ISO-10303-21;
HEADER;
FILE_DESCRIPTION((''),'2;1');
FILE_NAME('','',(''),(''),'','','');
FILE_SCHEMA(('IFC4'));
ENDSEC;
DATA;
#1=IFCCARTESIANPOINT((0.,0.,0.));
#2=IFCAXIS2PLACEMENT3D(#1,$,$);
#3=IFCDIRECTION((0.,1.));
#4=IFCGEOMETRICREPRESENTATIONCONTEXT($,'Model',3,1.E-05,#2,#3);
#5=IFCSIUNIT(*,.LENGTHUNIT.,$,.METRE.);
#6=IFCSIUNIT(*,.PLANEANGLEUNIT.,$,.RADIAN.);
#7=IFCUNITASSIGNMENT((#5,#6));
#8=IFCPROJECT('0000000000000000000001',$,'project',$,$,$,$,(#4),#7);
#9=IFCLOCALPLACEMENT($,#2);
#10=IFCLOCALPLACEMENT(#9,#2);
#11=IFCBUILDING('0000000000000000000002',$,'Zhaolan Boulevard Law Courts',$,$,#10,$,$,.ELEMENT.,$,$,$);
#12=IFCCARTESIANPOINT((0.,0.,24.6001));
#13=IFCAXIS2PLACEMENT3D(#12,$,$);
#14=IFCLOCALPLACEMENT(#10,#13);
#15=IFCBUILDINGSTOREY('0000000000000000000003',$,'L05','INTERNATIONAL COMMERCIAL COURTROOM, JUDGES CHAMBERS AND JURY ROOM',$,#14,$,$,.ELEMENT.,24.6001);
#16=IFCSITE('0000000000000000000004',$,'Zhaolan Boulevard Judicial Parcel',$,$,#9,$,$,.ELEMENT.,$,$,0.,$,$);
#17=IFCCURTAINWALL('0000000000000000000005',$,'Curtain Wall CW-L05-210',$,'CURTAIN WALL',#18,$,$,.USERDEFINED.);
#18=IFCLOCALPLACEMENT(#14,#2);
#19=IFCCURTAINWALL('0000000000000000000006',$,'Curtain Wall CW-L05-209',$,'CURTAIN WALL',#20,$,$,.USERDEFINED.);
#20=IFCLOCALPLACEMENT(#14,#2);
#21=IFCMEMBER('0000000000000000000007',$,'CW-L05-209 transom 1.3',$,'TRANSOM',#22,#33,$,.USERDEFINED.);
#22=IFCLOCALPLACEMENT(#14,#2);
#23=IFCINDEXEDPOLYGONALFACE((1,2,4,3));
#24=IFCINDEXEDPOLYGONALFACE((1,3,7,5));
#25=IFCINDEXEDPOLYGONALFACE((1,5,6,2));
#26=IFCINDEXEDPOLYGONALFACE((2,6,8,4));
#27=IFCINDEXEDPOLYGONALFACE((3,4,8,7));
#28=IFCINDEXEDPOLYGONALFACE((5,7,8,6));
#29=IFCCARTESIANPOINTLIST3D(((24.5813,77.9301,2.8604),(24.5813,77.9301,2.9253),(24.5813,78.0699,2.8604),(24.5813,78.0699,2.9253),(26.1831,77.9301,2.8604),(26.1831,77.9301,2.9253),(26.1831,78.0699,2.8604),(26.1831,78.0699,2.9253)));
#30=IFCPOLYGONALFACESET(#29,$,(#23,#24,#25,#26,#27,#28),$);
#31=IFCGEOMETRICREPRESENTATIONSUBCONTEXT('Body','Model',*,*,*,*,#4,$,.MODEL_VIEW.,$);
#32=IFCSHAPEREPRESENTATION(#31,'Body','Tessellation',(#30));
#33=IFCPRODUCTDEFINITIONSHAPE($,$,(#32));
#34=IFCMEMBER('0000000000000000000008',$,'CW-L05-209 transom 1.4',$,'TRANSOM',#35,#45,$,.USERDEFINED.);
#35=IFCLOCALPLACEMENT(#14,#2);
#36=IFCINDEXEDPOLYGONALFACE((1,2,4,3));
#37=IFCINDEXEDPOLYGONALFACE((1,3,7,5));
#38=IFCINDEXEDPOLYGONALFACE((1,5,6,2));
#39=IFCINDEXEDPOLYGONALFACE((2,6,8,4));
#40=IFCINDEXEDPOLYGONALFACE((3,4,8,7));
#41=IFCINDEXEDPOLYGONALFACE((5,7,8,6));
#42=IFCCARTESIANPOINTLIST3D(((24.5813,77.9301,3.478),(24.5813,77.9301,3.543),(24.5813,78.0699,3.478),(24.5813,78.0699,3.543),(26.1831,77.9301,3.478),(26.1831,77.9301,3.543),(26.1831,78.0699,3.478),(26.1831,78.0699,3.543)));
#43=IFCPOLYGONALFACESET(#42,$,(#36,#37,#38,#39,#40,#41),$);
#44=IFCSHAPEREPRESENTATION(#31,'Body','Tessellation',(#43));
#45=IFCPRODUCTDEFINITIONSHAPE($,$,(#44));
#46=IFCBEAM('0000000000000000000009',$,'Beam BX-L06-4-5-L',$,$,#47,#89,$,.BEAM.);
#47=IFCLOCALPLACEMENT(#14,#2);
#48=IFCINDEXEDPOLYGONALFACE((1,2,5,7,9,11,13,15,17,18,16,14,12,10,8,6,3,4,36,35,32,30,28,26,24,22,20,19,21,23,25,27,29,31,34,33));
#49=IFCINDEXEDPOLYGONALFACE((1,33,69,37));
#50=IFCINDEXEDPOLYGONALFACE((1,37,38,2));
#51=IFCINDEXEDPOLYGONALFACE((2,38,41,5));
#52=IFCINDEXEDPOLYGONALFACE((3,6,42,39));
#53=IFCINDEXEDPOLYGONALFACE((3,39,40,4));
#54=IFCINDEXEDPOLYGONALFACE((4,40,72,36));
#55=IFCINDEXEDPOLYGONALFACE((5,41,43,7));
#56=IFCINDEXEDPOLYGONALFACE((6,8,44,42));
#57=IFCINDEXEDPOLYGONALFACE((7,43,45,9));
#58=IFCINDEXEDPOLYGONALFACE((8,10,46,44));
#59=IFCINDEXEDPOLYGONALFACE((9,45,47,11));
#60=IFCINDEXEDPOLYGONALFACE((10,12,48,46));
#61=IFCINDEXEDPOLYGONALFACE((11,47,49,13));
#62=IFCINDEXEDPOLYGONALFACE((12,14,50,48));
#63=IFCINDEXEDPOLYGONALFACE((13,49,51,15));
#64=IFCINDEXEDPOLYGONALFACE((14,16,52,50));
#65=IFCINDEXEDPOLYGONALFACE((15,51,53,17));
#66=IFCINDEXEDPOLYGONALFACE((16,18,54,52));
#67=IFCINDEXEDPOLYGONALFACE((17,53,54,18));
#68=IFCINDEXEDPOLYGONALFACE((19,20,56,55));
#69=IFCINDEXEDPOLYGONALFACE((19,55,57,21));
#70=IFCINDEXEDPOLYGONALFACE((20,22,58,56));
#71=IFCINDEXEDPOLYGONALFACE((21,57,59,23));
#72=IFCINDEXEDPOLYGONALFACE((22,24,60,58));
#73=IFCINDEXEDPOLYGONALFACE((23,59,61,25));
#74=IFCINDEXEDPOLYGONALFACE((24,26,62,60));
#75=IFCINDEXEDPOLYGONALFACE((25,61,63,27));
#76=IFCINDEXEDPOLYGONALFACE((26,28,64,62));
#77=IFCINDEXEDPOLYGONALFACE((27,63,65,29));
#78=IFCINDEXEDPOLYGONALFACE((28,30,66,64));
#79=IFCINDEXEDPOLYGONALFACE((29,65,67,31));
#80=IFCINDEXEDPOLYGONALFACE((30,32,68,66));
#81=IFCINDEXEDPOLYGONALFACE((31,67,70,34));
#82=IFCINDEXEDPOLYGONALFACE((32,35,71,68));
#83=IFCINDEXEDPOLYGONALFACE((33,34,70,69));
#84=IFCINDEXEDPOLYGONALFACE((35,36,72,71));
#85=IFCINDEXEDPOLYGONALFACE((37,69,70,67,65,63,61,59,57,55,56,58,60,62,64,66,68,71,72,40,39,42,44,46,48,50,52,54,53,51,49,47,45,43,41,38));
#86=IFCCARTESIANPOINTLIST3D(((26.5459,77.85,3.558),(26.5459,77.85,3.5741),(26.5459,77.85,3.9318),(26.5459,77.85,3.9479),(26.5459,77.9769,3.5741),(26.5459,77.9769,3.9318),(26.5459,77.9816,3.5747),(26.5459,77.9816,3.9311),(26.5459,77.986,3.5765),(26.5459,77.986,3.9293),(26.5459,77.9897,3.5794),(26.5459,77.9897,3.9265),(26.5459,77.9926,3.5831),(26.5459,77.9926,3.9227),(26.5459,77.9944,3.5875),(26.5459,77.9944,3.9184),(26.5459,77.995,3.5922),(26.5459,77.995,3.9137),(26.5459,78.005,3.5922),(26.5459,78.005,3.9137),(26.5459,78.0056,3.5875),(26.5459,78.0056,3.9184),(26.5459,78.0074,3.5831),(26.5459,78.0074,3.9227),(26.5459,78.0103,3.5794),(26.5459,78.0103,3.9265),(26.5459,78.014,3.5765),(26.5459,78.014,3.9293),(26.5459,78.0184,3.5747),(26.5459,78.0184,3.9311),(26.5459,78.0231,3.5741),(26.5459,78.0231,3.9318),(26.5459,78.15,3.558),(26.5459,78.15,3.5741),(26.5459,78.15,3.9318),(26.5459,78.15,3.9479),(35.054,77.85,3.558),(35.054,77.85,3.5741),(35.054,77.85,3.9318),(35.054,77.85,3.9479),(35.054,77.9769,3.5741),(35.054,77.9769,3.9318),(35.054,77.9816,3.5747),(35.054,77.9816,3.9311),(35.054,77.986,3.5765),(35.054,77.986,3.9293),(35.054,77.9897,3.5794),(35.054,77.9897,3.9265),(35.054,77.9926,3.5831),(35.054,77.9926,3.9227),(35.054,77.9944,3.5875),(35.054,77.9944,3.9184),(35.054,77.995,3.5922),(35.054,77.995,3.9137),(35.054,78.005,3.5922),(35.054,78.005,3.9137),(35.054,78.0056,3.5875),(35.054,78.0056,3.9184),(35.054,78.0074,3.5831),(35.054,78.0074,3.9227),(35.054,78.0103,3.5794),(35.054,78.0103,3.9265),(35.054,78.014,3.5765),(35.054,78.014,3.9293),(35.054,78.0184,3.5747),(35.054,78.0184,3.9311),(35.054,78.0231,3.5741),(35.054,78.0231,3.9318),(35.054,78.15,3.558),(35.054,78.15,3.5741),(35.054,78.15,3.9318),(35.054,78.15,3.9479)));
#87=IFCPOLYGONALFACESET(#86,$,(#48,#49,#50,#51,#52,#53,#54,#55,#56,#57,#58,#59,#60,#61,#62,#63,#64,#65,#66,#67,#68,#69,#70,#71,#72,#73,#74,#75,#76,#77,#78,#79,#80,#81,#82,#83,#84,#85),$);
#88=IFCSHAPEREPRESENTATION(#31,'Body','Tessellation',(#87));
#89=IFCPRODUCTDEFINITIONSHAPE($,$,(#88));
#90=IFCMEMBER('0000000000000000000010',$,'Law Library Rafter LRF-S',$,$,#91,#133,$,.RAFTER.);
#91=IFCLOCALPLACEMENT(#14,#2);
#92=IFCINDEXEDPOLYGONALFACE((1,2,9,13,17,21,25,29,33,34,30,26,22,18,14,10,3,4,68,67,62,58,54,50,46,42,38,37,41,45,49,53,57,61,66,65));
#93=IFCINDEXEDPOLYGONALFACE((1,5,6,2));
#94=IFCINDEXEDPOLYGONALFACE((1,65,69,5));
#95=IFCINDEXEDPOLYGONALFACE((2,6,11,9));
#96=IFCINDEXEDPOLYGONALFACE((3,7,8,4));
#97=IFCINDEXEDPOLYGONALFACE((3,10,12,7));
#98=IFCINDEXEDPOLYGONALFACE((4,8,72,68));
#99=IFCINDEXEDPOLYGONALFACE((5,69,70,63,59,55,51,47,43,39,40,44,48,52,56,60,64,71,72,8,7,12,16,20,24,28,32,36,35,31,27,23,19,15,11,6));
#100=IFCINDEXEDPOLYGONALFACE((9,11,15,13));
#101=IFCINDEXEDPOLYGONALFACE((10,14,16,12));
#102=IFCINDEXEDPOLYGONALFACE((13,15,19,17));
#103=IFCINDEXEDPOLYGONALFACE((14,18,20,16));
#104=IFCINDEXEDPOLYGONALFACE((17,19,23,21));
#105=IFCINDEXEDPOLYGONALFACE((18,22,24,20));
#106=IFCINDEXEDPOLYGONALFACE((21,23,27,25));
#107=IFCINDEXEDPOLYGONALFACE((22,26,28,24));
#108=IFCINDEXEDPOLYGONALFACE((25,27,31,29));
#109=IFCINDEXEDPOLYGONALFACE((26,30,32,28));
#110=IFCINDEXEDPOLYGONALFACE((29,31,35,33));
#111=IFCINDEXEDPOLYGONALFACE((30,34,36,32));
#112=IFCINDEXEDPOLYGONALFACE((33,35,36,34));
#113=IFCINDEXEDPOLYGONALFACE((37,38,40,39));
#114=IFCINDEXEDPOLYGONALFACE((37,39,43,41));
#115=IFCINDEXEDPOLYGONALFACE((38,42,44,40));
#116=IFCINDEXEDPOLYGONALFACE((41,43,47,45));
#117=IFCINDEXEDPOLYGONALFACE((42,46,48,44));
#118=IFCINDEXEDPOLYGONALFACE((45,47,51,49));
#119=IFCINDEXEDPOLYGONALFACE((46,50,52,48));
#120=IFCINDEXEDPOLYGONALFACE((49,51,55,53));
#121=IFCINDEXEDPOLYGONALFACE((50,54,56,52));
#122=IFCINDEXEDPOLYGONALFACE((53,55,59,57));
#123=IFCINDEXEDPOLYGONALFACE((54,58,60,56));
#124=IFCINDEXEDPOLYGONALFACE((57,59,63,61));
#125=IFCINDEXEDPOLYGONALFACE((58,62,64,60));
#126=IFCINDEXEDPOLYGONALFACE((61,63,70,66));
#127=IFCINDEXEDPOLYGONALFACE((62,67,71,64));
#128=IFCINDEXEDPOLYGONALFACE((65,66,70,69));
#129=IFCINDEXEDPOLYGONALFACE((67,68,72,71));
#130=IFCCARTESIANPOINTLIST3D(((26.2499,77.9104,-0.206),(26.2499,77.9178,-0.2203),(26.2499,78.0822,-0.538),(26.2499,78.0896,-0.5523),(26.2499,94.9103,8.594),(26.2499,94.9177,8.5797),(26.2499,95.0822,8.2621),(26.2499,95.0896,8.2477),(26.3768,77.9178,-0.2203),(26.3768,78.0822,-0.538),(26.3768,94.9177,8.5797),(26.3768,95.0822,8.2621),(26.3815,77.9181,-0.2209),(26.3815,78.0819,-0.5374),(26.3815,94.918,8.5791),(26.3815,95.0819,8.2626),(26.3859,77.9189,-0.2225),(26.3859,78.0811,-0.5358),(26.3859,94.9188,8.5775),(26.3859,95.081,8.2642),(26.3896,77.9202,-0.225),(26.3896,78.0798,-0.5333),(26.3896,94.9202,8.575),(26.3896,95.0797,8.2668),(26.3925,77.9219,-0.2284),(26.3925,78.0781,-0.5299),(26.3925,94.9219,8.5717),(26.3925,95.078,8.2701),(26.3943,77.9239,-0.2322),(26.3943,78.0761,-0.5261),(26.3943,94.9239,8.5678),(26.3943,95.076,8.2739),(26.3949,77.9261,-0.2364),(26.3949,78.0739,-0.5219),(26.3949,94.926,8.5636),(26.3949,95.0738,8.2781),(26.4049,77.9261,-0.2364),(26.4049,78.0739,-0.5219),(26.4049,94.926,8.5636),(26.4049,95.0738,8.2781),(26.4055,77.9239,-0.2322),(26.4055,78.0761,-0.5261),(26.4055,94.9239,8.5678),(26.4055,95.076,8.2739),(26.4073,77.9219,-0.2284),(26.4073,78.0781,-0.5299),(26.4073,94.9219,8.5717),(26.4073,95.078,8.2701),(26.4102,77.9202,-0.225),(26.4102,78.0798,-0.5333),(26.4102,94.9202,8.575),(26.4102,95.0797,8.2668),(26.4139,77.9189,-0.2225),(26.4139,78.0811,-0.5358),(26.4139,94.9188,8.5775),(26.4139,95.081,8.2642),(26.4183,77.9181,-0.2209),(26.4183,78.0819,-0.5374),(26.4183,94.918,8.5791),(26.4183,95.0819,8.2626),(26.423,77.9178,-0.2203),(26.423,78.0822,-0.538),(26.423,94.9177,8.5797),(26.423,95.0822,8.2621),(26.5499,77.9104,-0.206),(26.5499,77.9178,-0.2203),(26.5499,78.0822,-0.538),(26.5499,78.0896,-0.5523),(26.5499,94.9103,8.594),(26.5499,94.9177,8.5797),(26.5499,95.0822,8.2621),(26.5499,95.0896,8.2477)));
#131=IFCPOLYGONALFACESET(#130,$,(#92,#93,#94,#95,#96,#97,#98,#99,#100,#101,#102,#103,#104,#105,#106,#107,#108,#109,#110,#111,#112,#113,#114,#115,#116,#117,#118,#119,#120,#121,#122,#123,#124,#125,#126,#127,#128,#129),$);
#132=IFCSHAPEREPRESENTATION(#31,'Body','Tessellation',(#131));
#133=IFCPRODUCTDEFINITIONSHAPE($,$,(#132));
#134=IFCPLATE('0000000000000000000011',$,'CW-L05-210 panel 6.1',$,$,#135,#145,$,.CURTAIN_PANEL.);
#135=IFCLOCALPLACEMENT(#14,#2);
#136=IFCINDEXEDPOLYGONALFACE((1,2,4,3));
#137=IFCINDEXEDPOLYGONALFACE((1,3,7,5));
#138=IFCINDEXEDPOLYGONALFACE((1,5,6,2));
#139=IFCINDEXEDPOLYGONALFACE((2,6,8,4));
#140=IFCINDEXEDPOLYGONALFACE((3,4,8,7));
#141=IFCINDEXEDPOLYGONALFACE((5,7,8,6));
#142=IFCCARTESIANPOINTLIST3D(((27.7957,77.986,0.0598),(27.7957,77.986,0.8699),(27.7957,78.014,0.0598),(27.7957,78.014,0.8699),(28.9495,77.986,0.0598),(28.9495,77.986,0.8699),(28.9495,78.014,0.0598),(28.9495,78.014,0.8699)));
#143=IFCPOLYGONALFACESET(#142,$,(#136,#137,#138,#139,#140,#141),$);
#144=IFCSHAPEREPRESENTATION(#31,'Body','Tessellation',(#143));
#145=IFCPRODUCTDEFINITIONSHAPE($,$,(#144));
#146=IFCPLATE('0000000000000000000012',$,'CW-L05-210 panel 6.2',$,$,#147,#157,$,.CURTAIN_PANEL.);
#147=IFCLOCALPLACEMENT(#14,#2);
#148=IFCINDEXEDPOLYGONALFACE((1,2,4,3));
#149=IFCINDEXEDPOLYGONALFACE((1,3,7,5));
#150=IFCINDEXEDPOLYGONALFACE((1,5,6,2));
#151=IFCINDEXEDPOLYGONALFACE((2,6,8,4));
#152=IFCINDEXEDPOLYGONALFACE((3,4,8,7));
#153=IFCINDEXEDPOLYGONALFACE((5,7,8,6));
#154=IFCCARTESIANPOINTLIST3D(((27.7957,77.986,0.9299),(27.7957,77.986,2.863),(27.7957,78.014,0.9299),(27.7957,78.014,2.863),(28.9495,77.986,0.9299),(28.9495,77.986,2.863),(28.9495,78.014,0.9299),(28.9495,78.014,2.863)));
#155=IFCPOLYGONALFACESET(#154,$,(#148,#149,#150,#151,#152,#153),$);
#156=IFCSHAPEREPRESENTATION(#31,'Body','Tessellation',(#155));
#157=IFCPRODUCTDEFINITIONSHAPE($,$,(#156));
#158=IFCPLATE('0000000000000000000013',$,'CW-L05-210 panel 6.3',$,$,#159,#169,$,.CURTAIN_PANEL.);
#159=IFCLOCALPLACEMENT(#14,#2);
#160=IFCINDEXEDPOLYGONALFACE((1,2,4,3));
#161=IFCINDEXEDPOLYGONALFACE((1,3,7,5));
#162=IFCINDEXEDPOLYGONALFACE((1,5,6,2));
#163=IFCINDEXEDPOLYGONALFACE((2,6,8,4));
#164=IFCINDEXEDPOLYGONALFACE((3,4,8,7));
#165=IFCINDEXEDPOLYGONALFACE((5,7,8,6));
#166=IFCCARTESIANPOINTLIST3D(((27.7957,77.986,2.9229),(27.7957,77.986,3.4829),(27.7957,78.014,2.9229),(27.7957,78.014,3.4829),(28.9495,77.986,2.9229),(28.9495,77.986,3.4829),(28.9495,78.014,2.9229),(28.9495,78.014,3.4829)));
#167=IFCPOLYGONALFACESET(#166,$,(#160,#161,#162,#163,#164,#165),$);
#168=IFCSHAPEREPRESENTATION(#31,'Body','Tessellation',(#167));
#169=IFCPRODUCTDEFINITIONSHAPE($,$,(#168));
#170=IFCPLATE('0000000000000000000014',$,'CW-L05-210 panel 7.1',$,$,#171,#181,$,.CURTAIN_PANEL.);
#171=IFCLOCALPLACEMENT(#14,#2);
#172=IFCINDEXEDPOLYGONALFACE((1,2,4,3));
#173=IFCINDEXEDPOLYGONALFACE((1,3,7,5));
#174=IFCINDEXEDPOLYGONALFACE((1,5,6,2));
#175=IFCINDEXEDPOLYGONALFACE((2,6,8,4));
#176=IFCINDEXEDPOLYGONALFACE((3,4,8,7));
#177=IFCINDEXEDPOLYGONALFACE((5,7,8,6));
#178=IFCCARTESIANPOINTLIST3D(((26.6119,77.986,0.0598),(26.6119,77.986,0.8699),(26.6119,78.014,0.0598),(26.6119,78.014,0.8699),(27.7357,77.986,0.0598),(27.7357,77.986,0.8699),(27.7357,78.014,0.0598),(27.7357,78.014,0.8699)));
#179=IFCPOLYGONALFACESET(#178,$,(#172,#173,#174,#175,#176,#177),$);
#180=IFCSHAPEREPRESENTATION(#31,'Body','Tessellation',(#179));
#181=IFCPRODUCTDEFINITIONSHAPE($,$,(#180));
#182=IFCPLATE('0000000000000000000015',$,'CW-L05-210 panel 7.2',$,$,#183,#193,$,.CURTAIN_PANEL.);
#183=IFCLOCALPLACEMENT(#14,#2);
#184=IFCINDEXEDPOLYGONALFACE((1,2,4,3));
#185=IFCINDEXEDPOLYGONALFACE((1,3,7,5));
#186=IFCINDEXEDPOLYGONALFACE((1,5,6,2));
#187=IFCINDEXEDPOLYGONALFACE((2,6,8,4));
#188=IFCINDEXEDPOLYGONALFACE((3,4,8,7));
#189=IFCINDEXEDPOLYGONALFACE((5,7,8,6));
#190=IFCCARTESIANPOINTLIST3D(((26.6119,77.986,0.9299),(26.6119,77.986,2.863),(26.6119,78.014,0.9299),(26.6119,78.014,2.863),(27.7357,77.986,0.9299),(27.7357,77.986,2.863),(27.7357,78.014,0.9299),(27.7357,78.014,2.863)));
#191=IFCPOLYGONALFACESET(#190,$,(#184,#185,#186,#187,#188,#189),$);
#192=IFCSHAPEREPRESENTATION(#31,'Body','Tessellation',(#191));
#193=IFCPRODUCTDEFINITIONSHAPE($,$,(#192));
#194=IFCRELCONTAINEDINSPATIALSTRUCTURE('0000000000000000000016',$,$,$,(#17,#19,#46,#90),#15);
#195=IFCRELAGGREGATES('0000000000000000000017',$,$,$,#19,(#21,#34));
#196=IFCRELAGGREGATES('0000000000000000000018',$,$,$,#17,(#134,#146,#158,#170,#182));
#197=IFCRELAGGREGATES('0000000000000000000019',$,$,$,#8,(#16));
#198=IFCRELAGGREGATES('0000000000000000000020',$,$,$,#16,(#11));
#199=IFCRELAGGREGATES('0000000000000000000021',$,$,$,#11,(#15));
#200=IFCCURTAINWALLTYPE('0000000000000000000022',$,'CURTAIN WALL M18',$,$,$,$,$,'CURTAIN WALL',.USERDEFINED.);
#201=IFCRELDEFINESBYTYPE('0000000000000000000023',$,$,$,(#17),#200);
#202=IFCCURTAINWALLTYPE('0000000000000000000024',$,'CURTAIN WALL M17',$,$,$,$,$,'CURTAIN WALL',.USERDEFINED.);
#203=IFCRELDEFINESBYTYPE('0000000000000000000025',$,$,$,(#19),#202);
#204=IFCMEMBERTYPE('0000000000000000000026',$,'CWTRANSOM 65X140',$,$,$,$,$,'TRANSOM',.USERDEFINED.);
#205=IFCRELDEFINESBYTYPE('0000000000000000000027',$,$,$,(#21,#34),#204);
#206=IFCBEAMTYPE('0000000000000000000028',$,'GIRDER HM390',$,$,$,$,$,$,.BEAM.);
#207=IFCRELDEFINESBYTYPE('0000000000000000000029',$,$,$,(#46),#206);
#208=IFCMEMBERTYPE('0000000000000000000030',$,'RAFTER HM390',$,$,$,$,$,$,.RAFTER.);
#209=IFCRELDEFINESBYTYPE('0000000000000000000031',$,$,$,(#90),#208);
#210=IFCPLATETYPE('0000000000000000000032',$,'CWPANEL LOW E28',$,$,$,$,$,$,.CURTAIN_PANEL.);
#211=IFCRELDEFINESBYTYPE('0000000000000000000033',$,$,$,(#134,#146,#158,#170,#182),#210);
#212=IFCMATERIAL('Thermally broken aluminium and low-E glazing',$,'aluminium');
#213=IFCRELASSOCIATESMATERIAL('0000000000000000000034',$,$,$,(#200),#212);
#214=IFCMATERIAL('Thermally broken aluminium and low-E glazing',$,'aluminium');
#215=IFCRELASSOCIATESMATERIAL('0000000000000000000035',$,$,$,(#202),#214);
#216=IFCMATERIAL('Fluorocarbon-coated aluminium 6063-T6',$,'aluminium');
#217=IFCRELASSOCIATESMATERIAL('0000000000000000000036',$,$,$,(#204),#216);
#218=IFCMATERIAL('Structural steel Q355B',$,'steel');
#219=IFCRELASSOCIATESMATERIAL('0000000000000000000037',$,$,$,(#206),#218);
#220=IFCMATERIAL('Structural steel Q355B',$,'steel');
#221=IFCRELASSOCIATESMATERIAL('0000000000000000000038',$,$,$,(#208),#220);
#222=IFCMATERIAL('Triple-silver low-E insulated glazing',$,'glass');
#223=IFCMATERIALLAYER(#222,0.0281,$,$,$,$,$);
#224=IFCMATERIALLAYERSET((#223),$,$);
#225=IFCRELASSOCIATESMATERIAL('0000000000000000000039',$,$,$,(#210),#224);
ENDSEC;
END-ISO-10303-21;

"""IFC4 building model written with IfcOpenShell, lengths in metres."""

from ifc_helpers import new_model, si_unit, direction, frame, origin, origin_2d, place, context, subcontext, project, spatial, rectangle, i_section, extrude, material, layer, layer_set, material_profile, profile_set, type_object, element, aggregate, save


model = new_model("IFC4")

# Units and contexts
model_context = context("Model", 3, precision=1e-05, world=origin(), true_north=direction((0.0, 1.0)))
body_context = subcontext(model_context, "Body", "Model", "MODEL_VIEW")
ifc_project = project(units=[si_unit("LENGTHUNIT", "METRE"), si_unit("PLANEANGLEUNIT", "RADIAN")], contexts=[model_context])

# Site, building, storey
site_placement = place(None, origin())
site = spatial("IfcSite", under=ifc_project, at=site_placement, Name="Zhaolan Boulevard Judicial Parcel", CompositionType="ELEMENT", RefElevation=0.0)
building_placement = place(site_placement, origin())
building = spatial("IfcBuilding", under=site, at=building_placement, Name="Zhaolan Boulevard Law Courts", CompositionType="ELEMENT")
storey_placement = place(building_placement, frame((0.0, 0.0, 24.6001)))
storey = spatial("IfcBuildingStorey", under=building, at=storey_placement, Name="L05", Description="INTERNATIONAL COMMERCIAL COURTROOM, JUDGES CHAMBERS AND JURY ROOM", CompositionType="ELEMENT", Elevation=24.6001)

# Curtain wall
ifc_material_1 = material(Name="Thermally broken aluminium and low-E glazing", Category="aluminium")
curtain_wall_type_1 = type_object("IfcCurtainWallType", Name="CURTAIN WALL M18", ElementType="CURTAIN WALL", PredefinedType="USERDEFINED", material=ifc_material_1)
curtain_wall_1_placement = place(storey_placement, origin())
curtain_wall_1 = element("IfcCurtainWall", 1, at=curtain_wall_1_placement, inside=storey, type_object=curtain_wall_type_1, Name="Curtain Wall CW-L05-210", ObjectType="CURTAIN WALL", PredefinedType="USERDEFINED")

# Curtain wall
ifc_material_2 = material(Name="Thermally broken aluminium and low-E glazing", Category="aluminium")
curtain_wall_type_2 = type_object("IfcCurtainWallType", Name="CURTAIN WALL M17", ElementType="CURTAIN WALL", PredefinedType="USERDEFINED", material=ifc_material_2)
curtain_wall_2_placement = place(storey_placement, origin())
curtain_wall_2 = element("IfcCurtainWall", 2, at=curtain_wall_2_placement, inside=storey, type_object=curtain_wall_type_2, Name="Curtain Wall CW-L05-209", ObjectType="CURTAIN WALL", PredefinedType="USERDEFINED")

# Members
ifc_material_3 = material(Name="Fluorocarbon-coated aluminium 6063-T6", Category="aluminium")
ifc_material_profile_1 = material_profile(ifc_material_3, rectangle(XDim=0.1399, YDim=0.0649, at=origin_2d()), Name="AL65x140")
ifc_profile_set_1 = profile_set([ifc_material_profile_1], Name="Fluorocarbon-coated aluminium 6063-T6")
member_type_1 = type_object("IfcMemberType", Name="CWTRANSOM 65X140", ElementType="TRANSOM", PredefinedType="USERDEFINED", material=ifc_profile_set_1)
member_1_placement = place(storey_placement, frame((26.1831, 78.0, 2.8928), z_axis=(-1.0, 0.0, 0.0), x_axis=(0.0, -1.0, 0.0)))
member_1 = element("IfcMember", 3, at=member_1_placement, type_object=member_type_1, Name="CW-L05-209 transom 1.3", ObjectType="TRANSOM", PredefinedType="USERDEFINED", context=body_context, shape_type="SweptSolid", body=[
    extrude(rectangle(XDim=0.1399, YDim=0.0649, at=origin_2d()), origin(), (0.0, 0.0, 1.0), 1.6018),
])
member_2_placement = place(storey_placement, frame((26.1831, 78.0, 3.5105), z_axis=(-1.0, 0.0, 0.0), x_axis=(0.0, -1.0, 0.0)))
member_2 = element("IfcMember", 4, at=member_2_placement, type_object=member_type_1, Name="CW-L05-209 transom 1.4", ObjectType="TRANSOM", PredefinedType="USERDEFINED", context=body_context, shape_type="SweptSolid", body=[
    extrude(rectangle(XDim=0.1399, YDim=0.0649, at=origin_2d()), origin(), (0.0, 0.0, 1.0), 1.6018),
])
aggregate(curtain_wall_2, [member_1, member_2])

# Beam
ifc_material_4 = material(Name="Structural steel Q355B", Category="steel")
ifc_material_profile_2 = material_profile(ifc_material_4, i_section(OverallWidth=0.3, OverallDepth=0.3899, WebThickness=0.01, FlangeThickness=0.0161, FilletRadius=0.0181, at=origin_2d()), Name="HM390x300")
ifc_profile_set_2 = profile_set([ifc_material_profile_2], Name="Structural steel Q355B")
beam_type = type_object("IfcBeamType", Name="GIRDER HM390", PredefinedType="BEAM", material=ifc_profile_set_2)
beam_placement = place(storey_placement, frame((26.5459, 78.0, 3.7529), z_axis=(1.0, 0.0, 0.0), x_axis=(0.0, 1.0, 0.0)))
element("IfcBeam", 5, at=beam_placement, inside=storey, type_object=beam_type, Name="Beam BX-L06-4-5-L", PredefinedType="BEAM", context=body_context, shape_type="SweptSolid", body=[
    extrude(i_section(OverallWidth=0.3, OverallDepth=0.3899, WebThickness=0.01, FlangeThickness=0.0161, FilletRadius=0.0181, at=origin_2d()), origin(), (0.0, 0.0, 1.0), 8.5081),
])

# Member
ifc_material_5 = material(Name="Structural steel Q355B", Category="steel")
ifc_material_profile_3 = material_profile(ifc_material_5, i_section(OverallWidth=0.3, OverallDepth=0.3899, WebThickness=0.01, FlangeThickness=0.0161, FilletRadius=0.0181, at=origin_2d()), Name="HM390x300")
ifc_profile_set_3 = profile_set([ifc_material_profile_3], Name="Structural steel Q355B")
member_type_2 = type_object("IfcMemberType", Name="RAFTER HM390", PredefinedType="RAFTER", material=ifc_profile_set_3)
member_3_placement = place(storey_placement, frame((26.3999, 78.0, -0.3792), z_axis=(0.0, 0.88807, 0.459709), x_axis=(-1.0, 0.0, 0.0)))
element("IfcMember", 6, at=member_3_placement, inside=storey, type_object=member_type_2, Name="Law Library Rafter LRF-S", PredefinedType="RAFTER", context=body_context, shape_type="SweptSolid", body=[
    extrude(i_section(OverallWidth=0.3, OverallDepth=0.3899, WebThickness=0.01, FlangeThickness=0.0161, FilletRadius=0.0181, at=origin_2d()), origin(), (0.0, 0.0, 1.0), 19.1426),
])

# Plates
ifc_material_6 = material(Name="Triple-silver low-E insulated glazing", Category="glass")
ifc_layer_1 = layer(ifc_material_6, 0.0281)
ifc_layer_set_1 = layer_set([ifc_layer_1])
plate_type = type_object("IfcPlateType", Name="CWPANEL LOW E28", PredefinedType="CURTAIN_PANEL", material=ifc_layer_set_1)
plate_1_placement = place(storey_placement, frame((28.3726, 78.0, 0.0598), z_axis=(0.0, 0.0, 1.0), x_axis=(-1.0, 0.0, 0.0)))
plate_1 = element("IfcPlate", 7, at=plate_1_placement, type_object=plate_type, Name="CW-L05-210 panel 6.1", PredefinedType="CURTAIN_PANEL", context=body_context, shape_type="SweptSolid", body=[
    extrude(rectangle(XDim=1.1538, YDim=0.0281, at=origin_2d()), origin(), (0.0, 0.0, 1.0), 0.8101),
])
plate_2_placement = place(storey_placement, frame((28.3726, 78.0, 0.9299), z_axis=(0.0, 0.0, 1.0), x_axis=(-1.0, 0.0, 0.0)))
plate_2 = element("IfcPlate", 8, at=plate_2_placement, type_object=plate_type, Name="CW-L05-210 panel 6.2", PredefinedType="CURTAIN_PANEL", context=body_context, shape_type="SweptSolid", body=[
    extrude(rectangle(XDim=1.1538, YDim=0.0281, at=origin_2d()), origin(), (0.0, 0.0, 1.0), 1.9331),
])
plate_3_placement = place(storey_placement, frame((28.3726, 78.0, 2.9229), z_axis=(0.0, 0.0, 1.0), x_axis=(-1.0, 0.0, 0.0)))
plate_3 = element("IfcPlate", 9, at=plate_3_placement, type_object=plate_type, Name="CW-L05-210 panel 6.3", PredefinedType="CURTAIN_PANEL", context=body_context, shape_type="SweptSolid", body=[
    extrude(rectangle(XDim=1.1538, YDim=0.0281, at=origin_2d()), origin(), (0.0, 0.0, 1.0), 0.5601),
])
plate_4_placement = place(storey_placement, frame((27.1738, 78.0, 0.0598), z_axis=(0.0, 0.0, 1.0), x_axis=(-1.0, 0.0, 0.0)))
plate_4 = element("IfcPlate", 10, at=plate_4_placement, type_object=plate_type, Name="CW-L05-210 panel 7.1", PredefinedType="CURTAIN_PANEL", context=body_context, shape_type="SweptSolid", body=[
    extrude(rectangle(XDim=1.1238, YDim=0.0281, at=origin_2d()), origin(), (0.0, 0.0, 1.0), 0.8101),
])
plate_5_placement = place(storey_placement, frame((27.1738, 78.0, 0.9299), z_axis=(0.0, 0.0, 1.0), x_axis=(-1.0, 0.0, 0.0)))
plate_5 = element("IfcPlate", 11, at=plate_5_placement, type_object=plate_type, Name="CW-L05-210 panel 7.2", PredefinedType="CURTAIN_PANEL", context=body_context, shape_type="SweptSolid", body=[
    extrude(rectangle(XDim=1.1238, YDim=0.0281, at=origin_2d()), origin(), (0.0, 0.0, 1.0), 1.9331),
])
aggregate(curtain_wall_1, [plate_1, plate_2, plate_3, plate_4, plate_5])

save(model, "model.ifc")
